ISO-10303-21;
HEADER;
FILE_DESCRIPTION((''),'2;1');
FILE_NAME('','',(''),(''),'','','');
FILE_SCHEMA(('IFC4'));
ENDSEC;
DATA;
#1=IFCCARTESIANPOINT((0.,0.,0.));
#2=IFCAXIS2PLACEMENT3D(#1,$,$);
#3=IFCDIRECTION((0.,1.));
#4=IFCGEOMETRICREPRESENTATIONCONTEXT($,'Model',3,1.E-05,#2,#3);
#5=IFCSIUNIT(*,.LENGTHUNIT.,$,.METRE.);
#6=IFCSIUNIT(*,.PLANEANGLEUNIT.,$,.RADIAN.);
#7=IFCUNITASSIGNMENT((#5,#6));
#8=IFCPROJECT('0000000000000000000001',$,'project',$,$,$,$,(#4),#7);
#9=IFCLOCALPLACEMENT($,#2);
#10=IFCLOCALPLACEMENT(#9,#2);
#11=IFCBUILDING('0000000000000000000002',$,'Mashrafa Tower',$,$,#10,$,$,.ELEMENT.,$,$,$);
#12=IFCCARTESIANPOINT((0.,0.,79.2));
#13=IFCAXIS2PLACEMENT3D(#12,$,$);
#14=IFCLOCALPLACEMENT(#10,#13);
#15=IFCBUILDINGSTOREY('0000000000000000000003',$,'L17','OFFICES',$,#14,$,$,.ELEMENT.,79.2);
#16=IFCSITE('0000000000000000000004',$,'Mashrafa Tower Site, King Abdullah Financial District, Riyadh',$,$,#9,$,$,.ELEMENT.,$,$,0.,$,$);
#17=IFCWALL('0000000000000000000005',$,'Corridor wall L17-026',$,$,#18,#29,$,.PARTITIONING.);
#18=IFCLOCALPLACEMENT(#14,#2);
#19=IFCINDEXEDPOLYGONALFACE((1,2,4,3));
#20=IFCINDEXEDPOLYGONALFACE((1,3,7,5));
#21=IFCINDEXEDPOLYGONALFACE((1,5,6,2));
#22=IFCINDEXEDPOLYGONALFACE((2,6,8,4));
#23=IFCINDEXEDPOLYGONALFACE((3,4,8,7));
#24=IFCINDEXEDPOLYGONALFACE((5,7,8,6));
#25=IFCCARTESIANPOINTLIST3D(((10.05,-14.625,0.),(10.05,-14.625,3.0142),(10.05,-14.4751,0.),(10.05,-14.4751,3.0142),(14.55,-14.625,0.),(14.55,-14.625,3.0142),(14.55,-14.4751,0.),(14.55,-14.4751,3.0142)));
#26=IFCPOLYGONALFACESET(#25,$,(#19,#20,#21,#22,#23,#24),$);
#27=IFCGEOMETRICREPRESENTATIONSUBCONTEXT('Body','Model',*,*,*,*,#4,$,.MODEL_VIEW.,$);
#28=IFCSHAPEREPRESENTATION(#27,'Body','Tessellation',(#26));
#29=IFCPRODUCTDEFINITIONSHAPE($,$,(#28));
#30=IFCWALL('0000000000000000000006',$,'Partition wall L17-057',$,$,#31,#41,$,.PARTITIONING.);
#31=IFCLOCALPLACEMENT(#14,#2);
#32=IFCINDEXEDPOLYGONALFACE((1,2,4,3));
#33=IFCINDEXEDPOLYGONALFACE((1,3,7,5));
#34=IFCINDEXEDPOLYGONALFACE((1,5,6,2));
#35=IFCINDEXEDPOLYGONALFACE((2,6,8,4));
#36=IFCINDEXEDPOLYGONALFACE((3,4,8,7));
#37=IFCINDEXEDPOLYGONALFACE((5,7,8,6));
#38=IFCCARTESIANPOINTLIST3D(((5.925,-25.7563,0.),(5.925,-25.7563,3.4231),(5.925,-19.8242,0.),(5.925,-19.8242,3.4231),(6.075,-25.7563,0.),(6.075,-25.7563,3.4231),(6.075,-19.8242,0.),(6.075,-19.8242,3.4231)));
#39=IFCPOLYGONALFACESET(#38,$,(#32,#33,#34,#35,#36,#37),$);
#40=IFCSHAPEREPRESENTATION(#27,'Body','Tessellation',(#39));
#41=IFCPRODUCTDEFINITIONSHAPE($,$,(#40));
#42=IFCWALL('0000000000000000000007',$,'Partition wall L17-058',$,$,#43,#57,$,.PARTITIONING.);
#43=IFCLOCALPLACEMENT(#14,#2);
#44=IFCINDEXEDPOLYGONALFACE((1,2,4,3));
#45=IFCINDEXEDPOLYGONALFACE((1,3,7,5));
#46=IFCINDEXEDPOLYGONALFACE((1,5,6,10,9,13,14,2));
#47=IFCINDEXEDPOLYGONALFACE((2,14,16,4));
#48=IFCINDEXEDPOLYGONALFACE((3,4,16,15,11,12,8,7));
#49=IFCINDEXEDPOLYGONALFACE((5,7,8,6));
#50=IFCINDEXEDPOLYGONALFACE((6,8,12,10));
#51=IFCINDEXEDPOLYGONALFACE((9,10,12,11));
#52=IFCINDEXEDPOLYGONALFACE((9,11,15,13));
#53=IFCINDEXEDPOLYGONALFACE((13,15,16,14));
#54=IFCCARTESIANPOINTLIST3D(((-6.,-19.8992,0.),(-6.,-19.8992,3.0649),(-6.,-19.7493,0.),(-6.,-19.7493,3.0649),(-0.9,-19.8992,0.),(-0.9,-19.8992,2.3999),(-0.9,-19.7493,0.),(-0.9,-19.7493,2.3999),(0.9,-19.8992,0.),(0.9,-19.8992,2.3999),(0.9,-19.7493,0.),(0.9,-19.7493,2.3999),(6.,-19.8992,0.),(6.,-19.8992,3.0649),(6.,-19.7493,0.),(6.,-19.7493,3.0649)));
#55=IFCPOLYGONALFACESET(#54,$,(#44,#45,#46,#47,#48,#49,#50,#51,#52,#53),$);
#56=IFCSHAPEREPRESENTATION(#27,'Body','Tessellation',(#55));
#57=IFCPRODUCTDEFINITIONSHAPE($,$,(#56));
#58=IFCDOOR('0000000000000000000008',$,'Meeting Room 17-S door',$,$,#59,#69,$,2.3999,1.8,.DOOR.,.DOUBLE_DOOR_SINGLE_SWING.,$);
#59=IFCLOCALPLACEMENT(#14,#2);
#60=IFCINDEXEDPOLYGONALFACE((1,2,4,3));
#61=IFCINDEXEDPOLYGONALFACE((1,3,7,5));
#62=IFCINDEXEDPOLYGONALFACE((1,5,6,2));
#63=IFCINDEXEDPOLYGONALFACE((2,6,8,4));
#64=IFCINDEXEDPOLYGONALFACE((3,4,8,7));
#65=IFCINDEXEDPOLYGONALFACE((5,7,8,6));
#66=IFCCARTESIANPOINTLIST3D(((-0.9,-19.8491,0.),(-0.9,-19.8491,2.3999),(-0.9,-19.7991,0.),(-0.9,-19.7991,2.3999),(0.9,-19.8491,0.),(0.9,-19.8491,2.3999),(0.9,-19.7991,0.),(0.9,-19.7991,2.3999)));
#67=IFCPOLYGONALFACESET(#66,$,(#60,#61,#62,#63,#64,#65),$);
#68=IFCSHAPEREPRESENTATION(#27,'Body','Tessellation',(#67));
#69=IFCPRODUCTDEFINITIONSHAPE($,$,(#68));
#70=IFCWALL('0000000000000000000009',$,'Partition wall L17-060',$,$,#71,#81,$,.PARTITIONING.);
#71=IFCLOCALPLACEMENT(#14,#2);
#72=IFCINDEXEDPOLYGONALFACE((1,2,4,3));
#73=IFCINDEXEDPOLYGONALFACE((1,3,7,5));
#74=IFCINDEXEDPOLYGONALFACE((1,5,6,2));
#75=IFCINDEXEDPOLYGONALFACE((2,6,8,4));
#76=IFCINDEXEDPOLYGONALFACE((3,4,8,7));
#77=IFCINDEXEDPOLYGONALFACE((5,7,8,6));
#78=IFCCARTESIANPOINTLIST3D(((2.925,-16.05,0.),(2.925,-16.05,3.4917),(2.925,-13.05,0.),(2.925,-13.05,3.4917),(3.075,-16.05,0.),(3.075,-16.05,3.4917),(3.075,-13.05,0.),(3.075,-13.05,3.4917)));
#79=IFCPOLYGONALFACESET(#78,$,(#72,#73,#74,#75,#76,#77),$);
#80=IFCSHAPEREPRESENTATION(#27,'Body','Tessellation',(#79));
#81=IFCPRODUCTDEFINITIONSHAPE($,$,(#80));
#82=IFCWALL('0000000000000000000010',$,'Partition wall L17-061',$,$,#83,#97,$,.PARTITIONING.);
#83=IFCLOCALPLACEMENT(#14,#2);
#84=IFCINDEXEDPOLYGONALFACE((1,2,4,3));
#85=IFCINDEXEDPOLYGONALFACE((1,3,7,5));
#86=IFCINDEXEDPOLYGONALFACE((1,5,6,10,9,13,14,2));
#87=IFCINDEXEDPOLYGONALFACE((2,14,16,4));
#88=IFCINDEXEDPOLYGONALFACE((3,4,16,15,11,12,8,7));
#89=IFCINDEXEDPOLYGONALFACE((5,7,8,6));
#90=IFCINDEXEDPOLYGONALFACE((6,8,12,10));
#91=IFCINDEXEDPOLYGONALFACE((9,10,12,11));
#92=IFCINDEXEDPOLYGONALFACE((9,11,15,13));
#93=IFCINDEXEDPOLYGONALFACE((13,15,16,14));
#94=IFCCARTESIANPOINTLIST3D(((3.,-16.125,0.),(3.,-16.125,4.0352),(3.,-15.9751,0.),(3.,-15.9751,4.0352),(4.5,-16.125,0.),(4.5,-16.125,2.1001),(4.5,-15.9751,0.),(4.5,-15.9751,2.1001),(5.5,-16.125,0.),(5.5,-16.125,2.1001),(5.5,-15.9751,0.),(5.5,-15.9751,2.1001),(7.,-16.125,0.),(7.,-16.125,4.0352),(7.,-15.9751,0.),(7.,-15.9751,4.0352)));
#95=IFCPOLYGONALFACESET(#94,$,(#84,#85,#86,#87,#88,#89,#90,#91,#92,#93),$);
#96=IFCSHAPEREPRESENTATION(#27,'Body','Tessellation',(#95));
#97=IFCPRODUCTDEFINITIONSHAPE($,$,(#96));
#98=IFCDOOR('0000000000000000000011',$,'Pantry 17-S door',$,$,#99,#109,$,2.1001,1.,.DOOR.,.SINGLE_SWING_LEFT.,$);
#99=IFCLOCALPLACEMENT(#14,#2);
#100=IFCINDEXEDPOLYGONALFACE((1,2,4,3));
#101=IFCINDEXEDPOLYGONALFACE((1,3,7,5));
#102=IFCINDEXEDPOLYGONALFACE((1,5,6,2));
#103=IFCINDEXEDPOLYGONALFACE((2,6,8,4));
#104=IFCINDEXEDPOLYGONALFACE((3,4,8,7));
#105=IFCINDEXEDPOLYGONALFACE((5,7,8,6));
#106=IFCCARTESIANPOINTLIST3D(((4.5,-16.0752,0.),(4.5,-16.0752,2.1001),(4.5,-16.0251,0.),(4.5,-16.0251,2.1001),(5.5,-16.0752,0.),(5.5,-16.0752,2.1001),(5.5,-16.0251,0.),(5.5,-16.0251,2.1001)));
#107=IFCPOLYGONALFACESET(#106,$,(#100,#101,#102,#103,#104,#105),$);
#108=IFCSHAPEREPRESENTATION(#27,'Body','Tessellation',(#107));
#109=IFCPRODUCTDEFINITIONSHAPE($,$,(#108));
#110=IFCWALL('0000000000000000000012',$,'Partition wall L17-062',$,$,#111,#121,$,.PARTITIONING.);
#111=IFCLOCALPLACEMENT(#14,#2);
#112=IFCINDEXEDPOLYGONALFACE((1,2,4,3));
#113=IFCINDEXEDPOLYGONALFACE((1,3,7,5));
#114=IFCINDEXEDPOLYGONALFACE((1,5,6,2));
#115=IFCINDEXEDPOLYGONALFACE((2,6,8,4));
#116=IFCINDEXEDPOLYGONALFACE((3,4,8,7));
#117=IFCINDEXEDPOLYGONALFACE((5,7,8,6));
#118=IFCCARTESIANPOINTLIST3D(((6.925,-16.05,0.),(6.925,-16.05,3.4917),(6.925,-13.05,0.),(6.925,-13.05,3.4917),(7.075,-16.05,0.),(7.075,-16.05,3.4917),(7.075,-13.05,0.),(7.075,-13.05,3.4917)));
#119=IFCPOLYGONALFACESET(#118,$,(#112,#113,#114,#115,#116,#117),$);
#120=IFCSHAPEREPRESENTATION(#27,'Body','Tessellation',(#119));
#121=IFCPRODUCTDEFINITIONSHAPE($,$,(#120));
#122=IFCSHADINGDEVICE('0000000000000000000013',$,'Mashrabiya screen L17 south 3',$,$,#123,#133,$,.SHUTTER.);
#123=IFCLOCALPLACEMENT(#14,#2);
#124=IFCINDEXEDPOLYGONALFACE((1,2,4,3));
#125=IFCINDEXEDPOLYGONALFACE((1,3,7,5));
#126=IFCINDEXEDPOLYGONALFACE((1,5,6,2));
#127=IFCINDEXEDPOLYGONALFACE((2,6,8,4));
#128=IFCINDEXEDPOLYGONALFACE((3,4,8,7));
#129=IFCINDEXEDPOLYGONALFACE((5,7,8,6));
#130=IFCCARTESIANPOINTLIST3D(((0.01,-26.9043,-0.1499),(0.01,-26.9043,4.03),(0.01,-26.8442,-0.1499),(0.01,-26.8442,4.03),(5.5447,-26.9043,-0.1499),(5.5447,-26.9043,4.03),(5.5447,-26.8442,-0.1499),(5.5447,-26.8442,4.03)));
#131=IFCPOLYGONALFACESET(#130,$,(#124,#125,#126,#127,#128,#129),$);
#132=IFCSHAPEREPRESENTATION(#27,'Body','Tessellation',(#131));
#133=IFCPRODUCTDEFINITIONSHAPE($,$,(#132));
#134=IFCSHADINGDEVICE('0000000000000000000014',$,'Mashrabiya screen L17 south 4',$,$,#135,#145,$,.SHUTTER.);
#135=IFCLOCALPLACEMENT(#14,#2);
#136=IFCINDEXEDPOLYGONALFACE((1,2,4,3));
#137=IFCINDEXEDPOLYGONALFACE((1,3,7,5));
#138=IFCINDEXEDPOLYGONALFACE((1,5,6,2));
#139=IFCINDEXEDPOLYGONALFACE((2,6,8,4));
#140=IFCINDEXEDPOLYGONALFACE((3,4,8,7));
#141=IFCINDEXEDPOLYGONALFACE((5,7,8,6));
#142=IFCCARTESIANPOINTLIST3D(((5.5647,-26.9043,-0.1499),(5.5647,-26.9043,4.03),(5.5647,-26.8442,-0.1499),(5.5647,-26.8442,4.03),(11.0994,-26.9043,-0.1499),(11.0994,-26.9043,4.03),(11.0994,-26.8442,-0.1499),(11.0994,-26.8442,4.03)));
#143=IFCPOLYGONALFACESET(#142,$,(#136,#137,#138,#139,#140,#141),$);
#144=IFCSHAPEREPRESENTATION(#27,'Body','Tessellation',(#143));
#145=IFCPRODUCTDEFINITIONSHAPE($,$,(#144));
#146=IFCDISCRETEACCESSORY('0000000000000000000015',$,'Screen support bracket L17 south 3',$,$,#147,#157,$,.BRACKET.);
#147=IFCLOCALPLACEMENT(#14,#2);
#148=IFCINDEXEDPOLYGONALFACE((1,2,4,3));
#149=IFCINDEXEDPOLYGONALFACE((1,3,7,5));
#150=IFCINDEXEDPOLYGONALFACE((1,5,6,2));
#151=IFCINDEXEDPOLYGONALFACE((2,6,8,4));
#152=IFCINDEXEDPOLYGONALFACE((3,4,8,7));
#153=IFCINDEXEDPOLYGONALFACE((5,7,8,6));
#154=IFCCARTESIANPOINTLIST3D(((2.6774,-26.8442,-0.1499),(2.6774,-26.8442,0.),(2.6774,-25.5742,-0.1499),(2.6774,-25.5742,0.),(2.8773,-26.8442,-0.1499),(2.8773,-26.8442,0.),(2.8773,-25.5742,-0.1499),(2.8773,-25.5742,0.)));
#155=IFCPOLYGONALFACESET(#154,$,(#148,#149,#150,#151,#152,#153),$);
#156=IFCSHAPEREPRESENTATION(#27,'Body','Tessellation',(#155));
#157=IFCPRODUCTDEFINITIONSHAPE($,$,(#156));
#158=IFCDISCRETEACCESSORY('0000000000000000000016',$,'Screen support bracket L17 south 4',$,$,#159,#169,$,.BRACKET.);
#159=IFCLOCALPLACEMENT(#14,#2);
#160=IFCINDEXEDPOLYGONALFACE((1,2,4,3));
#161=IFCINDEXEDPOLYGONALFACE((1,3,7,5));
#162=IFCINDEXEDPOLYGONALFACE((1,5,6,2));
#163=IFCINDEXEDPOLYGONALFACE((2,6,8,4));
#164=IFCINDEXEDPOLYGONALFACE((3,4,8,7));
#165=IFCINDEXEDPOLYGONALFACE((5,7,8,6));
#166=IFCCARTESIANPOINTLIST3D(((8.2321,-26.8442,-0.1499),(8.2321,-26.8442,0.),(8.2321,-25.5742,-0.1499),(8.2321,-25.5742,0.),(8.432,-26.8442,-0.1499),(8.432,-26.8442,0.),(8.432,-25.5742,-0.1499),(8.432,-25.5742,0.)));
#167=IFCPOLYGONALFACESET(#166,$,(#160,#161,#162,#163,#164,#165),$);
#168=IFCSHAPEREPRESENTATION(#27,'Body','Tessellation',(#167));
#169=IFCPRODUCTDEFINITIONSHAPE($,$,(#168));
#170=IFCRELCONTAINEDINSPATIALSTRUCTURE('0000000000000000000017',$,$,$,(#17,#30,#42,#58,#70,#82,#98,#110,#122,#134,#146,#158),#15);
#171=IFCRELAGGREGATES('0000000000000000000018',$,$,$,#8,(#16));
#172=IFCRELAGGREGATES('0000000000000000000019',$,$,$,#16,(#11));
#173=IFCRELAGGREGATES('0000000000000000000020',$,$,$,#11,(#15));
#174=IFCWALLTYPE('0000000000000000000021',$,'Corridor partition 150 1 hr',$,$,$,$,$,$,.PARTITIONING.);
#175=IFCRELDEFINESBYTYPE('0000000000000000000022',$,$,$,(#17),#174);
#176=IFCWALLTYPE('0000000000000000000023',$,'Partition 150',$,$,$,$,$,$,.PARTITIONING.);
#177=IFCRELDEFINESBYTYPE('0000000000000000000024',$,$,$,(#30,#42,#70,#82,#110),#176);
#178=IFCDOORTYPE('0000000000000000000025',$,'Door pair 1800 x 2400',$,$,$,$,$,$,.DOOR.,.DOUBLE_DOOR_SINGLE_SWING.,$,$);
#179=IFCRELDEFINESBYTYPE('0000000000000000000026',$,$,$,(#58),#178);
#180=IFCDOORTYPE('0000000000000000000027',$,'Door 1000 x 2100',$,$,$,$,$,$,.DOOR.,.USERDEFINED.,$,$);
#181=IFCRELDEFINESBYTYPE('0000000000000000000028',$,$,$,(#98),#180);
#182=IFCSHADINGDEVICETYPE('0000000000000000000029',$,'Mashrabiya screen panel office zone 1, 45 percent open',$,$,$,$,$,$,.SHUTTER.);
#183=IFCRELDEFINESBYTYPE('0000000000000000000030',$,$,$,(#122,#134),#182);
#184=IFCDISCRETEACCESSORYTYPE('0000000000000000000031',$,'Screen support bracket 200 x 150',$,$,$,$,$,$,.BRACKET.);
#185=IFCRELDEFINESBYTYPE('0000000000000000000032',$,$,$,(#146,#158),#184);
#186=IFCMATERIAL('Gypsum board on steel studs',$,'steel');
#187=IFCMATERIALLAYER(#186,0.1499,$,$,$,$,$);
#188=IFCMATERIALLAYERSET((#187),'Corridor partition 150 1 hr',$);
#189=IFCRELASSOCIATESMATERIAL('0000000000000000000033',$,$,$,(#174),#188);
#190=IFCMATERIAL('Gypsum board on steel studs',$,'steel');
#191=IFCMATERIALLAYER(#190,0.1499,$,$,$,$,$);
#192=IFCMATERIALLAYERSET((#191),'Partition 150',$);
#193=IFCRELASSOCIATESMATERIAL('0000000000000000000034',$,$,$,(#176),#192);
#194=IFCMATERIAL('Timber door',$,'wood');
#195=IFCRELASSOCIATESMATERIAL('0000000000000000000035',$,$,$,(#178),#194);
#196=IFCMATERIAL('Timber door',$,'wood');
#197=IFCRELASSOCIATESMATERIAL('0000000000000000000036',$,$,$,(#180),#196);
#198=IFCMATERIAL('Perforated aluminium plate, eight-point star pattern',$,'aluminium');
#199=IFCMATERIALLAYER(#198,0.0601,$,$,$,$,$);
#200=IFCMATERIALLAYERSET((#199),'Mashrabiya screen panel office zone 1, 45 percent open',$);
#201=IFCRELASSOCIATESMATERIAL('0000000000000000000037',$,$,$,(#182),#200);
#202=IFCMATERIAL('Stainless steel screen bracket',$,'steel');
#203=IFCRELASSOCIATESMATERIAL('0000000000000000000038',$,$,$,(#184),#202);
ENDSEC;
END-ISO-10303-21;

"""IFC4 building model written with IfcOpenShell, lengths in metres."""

from ifc_helpers import new_model, si_unit, direction, frame, frame_2d, origin, origin_2d, place, context, subcontext, project, spatial, rectangle, extrude, source, transform, mapped, material, layer, layer_set, type_object, type_shapes, element, fill, save


model = new_model("IFC4")

# Units and contexts
model_context = context("Model", 3, precision=1e-05, world=origin(), true_north=direction((0.0, 1.0)))
body_context = subcontext(model_context, "Body", "Model", "MODEL_VIEW")
ifc_project = project(units=[si_unit("LENGTHUNIT", "METRE"), si_unit("PLANEANGLEUNIT", "RADIAN")], contexts=[model_context])

# Site, building, storey
site_placement = place(None, origin())
site = spatial("IfcSite", under=ifc_project, at=site_placement, Name="Mashrafa Tower Site, King Abdullah Financial District, Riyadh", CompositionType="ELEMENT", RefElevation=0.0)
building_placement = place(site_placement, origin())
building = spatial("IfcBuilding", under=site, at=building_placement, Name="Mashrafa Tower", CompositionType="ELEMENT")
storey_placement = place(building_placement, frame((0.0, 0.0, 79.2)))
storey = spatial("IfcBuildingStorey", under=building, at=storey_placement, Name="L17", Description="OFFICES", CompositionType="ELEMENT", Elevation=79.2)

# Walls
ifc_material_1 = material(Name="Gypsum board on steel studs", Category="steel")
ifc_layer_1 = layer(ifc_material_1, 0.1499)
ifc_layer_set_1 = layer_set([ifc_layer_1], Name="Corridor partition 150 1 hr")
wall_type_1 = type_object("IfcWallType", Name="Corridor partition 150 1 hr", PredefinedType="PARTITIONING", material=ifc_layer_set_1)
wall_1_placement = place(storey_placement, frame((10.05, -14.55, 0.0), z_axis=(0.0, 0.0, 1.0), x_axis=(1.0, 0.0, 0.0)))
element("IfcWall", 1, at=wall_1_placement, inside=storey, type_object=wall_type_1, Name="Corridor wall L17-026", PredefinedType="PARTITIONING", context=body_context, shape_type="SweptSolid", body=[
    extrude(rectangle(XDim=4.5, YDim=0.1499, at=frame_2d((2.25, 0.0))), origin(), (0.0, 0.0, 1.0), 3.0142),
])
ifc_material_2 = material(Name="Gypsum board on steel studs", Category="steel")
ifc_layer_2 = layer(ifc_material_2, 0.1499)
ifc_layer_set_2 = layer_set([ifc_layer_2], Name="Partition 150")
wall_type_2 = type_object("IfcWallType", Name="Partition 150", PredefinedType="PARTITIONING", material=ifc_layer_set_2)
wall_2_placement = place(storey_placement, frame((6.0, -25.7563, 0.0), z_axis=(0.0, 0.0, 1.0), x_axis=(0.0, 1.0, 0.0)))
element("IfcWall", 2, at=wall_2_placement, inside=storey, type_object=wall_type_2, Name="Partition wall L17-057", PredefinedType="PARTITIONING", context=body_context, shape_type="SweptSolid", body=[
    extrude(rectangle(XDim=5.9321, YDim=0.1499, at=frame_2d((2.9661, 0.0))), origin(), (0.0, 0.0, 1.0), 3.4231),
])

# Wall, opening, door
wall_3_placement = place(storey_placement, frame((6.0, -19.8242, 0.0), z_axis=(0.0, 0.0, 1.0), x_axis=(-1.0, 0.0, 0.0)))
wall_3 = element("IfcWall", 3, at=wall_3_placement, inside=storey, type_object=wall_type_2, Name="Partition wall L17-058", PredefinedType="PARTITIONING", context=body_context, shape_type="SweptSolid", body=[
    extrude(rectangle(XDim=12.0, YDim=0.1499, at=frame_2d((6.0, 0.0))), origin(), (0.0, 0.0, 1.0), 3.0649),
])
opening_1_placement = place(wall_3_placement, frame((5.1001, 0.0, 0.0)))
opening_1 = element("IfcOpeningElement", 4, at=opening_1_placement, cuts=wall_3, PredefinedType="OPENING", context=body_context, shape_type="SweptSolid", body=[
    extrude(rectangle(XDim=1.8, YDim=2.3999, at=frame_2d((0.8999, 1.2))), frame((0.0, 0.085, 0.0), z_axis=(0.0, -1.0, 0.0), x_axis=(1.0, 0.0, 0.0)), (0.0, 0.0, 1.0), 0.1699),
])
ifc_material_3 = material(Name="Timber door", Category="wood")
door_type_1 = type_object("IfcDoorType", Name="Door pair 1800 x 2400", OperationType="DOUBLE_DOOR_SINGLE_SWING", PredefinedType="DOOR", material=ifc_material_3)
door_1_placement = place(opening_1_placement, origin())
door_1 = element("IfcDoor", 5, at=door_1_placement, inside=storey, type_object=door_type_1, Name="Meeting Room 17-S door", OperationType="DOUBLE_DOOR_SINGLE_SWING", OverallHeight=2.3999, OverallWidth=1.8, PredefinedType="DOOR", context=body_context, shape_type="SweptSolid", body=[
    extrude(rectangle(XDim=1.8, YDim=2.3999, at=frame_2d((0.8999, 1.2))), frame((0.0, 0.0249, 0.0), z_axis=(0.0, -1.0, 0.0), x_axis=(1.0, 0.0, 0.0)), (0.0, 0.0, 1.0), 0.05),
])
fill(opening_1, door_1)

# Wall
wall_4_placement = place(storey_placement, frame((3.0, -13.05, 0.0), z_axis=(0.0, 0.0, 1.0), x_axis=(0.0, -1.0, 0.0)))
element("IfcWall", 6, at=wall_4_placement, inside=storey, type_object=wall_type_2, Name="Partition wall L17-060", PredefinedType="PARTITIONING", context=body_context, shape_type="SweptSolid", body=[
    extrude(rectangle(XDim=3.0, YDim=0.1499, at=frame_2d((1.5, 0.0))), origin(), (0.0, 0.0, 1.0), 3.4917),
])

# Wall, opening, door
wall_5_placement = place(storey_placement, frame((3.0, -16.05, 0.0), z_axis=(0.0, 0.0, 1.0), x_axis=(1.0, 0.0, 0.0)))
wall_5 = element("IfcWall", 7, at=wall_5_placement, inside=storey, type_object=wall_type_2, Name="Partition wall L17-061", PredefinedType="PARTITIONING", context=body_context, shape_type="SweptSolid", body=[
    extrude(rectangle(XDim=4.0, YDim=0.1499, at=frame_2d((2.0, 0.0))), origin(), (0.0, 0.0, 1.0), 4.0352),
])
opening_2_placement = place(wall_5_placement, frame((1.5, 0.0, 0.0)))
opening_2 = element("IfcOpeningElement", 8, at=opening_2_placement, cuts=wall_5, PredefinedType="OPENING", context=body_context, shape_type="SweptSolid", body=[
    extrude(rectangle(XDim=1.0, YDim=2.1001, at=frame_2d((0.5, 1.05))), frame((0.0, 0.085, 0.0), z_axis=(0.0, -1.0, 0.0), x_axis=(1.0, 0.0, 0.0)), (0.0, 0.0, 1.0), 0.1699),
])
ifc_material_4 = material(Name="Timber door", Category="wood")
door_type_2 = type_object("IfcDoorType", Name="Door 1000 x 2100", OperationType="USERDEFINED", PredefinedType="DOOR", material=ifc_material_4)
door_2_placement = place(opening_2_placement, origin())
door_2 = element("IfcDoor", 9, at=door_2_placement, inside=storey, type_object=door_type_2, Name="Pantry 17-S door", OperationType="SINGLE_SWING_LEFT", OverallHeight=2.1001, OverallWidth=1.0, PredefinedType="DOOR", context=body_context, shape_type="SweptSolid", body=[
    extrude(rectangle(XDim=1.0, YDim=2.1001, at=frame_2d((0.5, 1.05))), frame((0.0, 0.0249, 0.0), z_axis=(0.0, -1.0, 0.0), x_axis=(1.0, 0.0, 0.0)), (0.0, 0.0, 1.0), 0.05),
])
fill(opening_2, door_2)

# Wall
wall_6_placement = place(storey_placement, frame((7.0, -16.05, 0.0), z_axis=(0.0, 0.0, 1.0), x_axis=(0.0, 1.0, 0.0)))
element("IfcWall", 10, at=wall_6_placement, inside=storey, type_object=wall_type_2, Name="Partition wall L17-062", PredefinedType="PARTITIONING", context=body_context, shape_type="SweptSolid", body=[
    extrude(rectangle(XDim=3.0, YDim=0.1499, at=frame_2d((1.5, 0.0))), origin(), (0.0, 0.0, 1.0), 3.4917),
])

# Shading devices
ifc_material_5 = material(Name="Perforated aluminium plate, eight-point star pattern", Category="aluminium")
ifc_layer_3 = layer(ifc_material_5, 0.0601)
ifc_layer_set_3 = layer_set([ifc_layer_3], Name="Mashrabiya screen panel office zone 1, 45 percent open")
shading_device_type = type_object("IfcShadingDeviceType", Name="Mashrabiya screen panel office zone 1, 45 percent open", PredefinedType="SHUTTER", material=ifc_layer_set_3)
shared_shape_1 = source(origin(), body_context, "Body", "SweptSolid", [
    extrude(rectangle(XDim=5.5347, YDim=0.0601, at=origin_2d()), origin(), (0.0, 0.0, 1.0), 4.1799),
])
type_shapes(shading_device_type, [shared_shape_1])
for number, where, z_axis, x_axis, name in (
    (11, (2.7773, -26.8743, -0.1499), (0.0, 0.0, 1.0), (1.0, 0.0, 0.0), "Mashrabiya screen L17 south 3"),
    (12, (8.332, -26.8743, -0.1499), (0.0, 0.0, 1.0), (1.0, 0.0, 0.0), "Mashrabiya screen L17 south 4"),
):
    element("IfcShadingDevice", number, at=place(storey_placement, frame(where, z_axis=z_axis, x_axis=x_axis)), inside=storey, type_object=shading_device_type, Name=name, PredefinedType="SHUTTER", context=body_context, shape_type="MappedRepresentation", body=[
        mapped(shared_shape_1, transform((0.0, 0.0, 0.0))),
    ])

# Discrete accessories
ifc_material_6 = material(Name="Stainless steel screen bracket", Category="steel")
discrete_accessory_type = type_object("IfcDiscreteAccessoryType", Name="Screen support bracket 200 x 150", PredefinedType="BRACKET", material=ifc_material_6)
shared_shape_2 = source(origin(), body_context, "Body", "SweptSolid", [
    extrude(rectangle(XDim=0.2, YDim=1.27, at=origin_2d()), origin(), (0.0, 0.0, 1.0), 0.1499),
])
type_shapes(discrete_accessory_type, [shared_shape_2])
for number, where, z_axis, x_axis, name in (
    (13, (2.7773, -26.2092, -0.1499), (0.0, 0.0, 1.0), (1.0, 0.0, 0.0), "Screen support bracket L17 south 3"),
    (14, (8.332, -26.2092, -0.1499), (0.0, 0.0, 1.0), (1.0, 0.0, 0.0), "Screen support bracket L17 south 4"),
):
    element("IfcDiscreteAccessory", number, at=place(storey_placement, frame(where, z_axis=z_axis, x_axis=x_axis)), inside=storey, type_object=discrete_accessory_type, Name=name, PredefinedType="BRACKET", context=body_context, shape_type="MappedRepresentation", body=[
        mapped(shared_shape_2, transform((0.0, 0.0, 0.0))),
    ])

save(model, "model.ifc")
